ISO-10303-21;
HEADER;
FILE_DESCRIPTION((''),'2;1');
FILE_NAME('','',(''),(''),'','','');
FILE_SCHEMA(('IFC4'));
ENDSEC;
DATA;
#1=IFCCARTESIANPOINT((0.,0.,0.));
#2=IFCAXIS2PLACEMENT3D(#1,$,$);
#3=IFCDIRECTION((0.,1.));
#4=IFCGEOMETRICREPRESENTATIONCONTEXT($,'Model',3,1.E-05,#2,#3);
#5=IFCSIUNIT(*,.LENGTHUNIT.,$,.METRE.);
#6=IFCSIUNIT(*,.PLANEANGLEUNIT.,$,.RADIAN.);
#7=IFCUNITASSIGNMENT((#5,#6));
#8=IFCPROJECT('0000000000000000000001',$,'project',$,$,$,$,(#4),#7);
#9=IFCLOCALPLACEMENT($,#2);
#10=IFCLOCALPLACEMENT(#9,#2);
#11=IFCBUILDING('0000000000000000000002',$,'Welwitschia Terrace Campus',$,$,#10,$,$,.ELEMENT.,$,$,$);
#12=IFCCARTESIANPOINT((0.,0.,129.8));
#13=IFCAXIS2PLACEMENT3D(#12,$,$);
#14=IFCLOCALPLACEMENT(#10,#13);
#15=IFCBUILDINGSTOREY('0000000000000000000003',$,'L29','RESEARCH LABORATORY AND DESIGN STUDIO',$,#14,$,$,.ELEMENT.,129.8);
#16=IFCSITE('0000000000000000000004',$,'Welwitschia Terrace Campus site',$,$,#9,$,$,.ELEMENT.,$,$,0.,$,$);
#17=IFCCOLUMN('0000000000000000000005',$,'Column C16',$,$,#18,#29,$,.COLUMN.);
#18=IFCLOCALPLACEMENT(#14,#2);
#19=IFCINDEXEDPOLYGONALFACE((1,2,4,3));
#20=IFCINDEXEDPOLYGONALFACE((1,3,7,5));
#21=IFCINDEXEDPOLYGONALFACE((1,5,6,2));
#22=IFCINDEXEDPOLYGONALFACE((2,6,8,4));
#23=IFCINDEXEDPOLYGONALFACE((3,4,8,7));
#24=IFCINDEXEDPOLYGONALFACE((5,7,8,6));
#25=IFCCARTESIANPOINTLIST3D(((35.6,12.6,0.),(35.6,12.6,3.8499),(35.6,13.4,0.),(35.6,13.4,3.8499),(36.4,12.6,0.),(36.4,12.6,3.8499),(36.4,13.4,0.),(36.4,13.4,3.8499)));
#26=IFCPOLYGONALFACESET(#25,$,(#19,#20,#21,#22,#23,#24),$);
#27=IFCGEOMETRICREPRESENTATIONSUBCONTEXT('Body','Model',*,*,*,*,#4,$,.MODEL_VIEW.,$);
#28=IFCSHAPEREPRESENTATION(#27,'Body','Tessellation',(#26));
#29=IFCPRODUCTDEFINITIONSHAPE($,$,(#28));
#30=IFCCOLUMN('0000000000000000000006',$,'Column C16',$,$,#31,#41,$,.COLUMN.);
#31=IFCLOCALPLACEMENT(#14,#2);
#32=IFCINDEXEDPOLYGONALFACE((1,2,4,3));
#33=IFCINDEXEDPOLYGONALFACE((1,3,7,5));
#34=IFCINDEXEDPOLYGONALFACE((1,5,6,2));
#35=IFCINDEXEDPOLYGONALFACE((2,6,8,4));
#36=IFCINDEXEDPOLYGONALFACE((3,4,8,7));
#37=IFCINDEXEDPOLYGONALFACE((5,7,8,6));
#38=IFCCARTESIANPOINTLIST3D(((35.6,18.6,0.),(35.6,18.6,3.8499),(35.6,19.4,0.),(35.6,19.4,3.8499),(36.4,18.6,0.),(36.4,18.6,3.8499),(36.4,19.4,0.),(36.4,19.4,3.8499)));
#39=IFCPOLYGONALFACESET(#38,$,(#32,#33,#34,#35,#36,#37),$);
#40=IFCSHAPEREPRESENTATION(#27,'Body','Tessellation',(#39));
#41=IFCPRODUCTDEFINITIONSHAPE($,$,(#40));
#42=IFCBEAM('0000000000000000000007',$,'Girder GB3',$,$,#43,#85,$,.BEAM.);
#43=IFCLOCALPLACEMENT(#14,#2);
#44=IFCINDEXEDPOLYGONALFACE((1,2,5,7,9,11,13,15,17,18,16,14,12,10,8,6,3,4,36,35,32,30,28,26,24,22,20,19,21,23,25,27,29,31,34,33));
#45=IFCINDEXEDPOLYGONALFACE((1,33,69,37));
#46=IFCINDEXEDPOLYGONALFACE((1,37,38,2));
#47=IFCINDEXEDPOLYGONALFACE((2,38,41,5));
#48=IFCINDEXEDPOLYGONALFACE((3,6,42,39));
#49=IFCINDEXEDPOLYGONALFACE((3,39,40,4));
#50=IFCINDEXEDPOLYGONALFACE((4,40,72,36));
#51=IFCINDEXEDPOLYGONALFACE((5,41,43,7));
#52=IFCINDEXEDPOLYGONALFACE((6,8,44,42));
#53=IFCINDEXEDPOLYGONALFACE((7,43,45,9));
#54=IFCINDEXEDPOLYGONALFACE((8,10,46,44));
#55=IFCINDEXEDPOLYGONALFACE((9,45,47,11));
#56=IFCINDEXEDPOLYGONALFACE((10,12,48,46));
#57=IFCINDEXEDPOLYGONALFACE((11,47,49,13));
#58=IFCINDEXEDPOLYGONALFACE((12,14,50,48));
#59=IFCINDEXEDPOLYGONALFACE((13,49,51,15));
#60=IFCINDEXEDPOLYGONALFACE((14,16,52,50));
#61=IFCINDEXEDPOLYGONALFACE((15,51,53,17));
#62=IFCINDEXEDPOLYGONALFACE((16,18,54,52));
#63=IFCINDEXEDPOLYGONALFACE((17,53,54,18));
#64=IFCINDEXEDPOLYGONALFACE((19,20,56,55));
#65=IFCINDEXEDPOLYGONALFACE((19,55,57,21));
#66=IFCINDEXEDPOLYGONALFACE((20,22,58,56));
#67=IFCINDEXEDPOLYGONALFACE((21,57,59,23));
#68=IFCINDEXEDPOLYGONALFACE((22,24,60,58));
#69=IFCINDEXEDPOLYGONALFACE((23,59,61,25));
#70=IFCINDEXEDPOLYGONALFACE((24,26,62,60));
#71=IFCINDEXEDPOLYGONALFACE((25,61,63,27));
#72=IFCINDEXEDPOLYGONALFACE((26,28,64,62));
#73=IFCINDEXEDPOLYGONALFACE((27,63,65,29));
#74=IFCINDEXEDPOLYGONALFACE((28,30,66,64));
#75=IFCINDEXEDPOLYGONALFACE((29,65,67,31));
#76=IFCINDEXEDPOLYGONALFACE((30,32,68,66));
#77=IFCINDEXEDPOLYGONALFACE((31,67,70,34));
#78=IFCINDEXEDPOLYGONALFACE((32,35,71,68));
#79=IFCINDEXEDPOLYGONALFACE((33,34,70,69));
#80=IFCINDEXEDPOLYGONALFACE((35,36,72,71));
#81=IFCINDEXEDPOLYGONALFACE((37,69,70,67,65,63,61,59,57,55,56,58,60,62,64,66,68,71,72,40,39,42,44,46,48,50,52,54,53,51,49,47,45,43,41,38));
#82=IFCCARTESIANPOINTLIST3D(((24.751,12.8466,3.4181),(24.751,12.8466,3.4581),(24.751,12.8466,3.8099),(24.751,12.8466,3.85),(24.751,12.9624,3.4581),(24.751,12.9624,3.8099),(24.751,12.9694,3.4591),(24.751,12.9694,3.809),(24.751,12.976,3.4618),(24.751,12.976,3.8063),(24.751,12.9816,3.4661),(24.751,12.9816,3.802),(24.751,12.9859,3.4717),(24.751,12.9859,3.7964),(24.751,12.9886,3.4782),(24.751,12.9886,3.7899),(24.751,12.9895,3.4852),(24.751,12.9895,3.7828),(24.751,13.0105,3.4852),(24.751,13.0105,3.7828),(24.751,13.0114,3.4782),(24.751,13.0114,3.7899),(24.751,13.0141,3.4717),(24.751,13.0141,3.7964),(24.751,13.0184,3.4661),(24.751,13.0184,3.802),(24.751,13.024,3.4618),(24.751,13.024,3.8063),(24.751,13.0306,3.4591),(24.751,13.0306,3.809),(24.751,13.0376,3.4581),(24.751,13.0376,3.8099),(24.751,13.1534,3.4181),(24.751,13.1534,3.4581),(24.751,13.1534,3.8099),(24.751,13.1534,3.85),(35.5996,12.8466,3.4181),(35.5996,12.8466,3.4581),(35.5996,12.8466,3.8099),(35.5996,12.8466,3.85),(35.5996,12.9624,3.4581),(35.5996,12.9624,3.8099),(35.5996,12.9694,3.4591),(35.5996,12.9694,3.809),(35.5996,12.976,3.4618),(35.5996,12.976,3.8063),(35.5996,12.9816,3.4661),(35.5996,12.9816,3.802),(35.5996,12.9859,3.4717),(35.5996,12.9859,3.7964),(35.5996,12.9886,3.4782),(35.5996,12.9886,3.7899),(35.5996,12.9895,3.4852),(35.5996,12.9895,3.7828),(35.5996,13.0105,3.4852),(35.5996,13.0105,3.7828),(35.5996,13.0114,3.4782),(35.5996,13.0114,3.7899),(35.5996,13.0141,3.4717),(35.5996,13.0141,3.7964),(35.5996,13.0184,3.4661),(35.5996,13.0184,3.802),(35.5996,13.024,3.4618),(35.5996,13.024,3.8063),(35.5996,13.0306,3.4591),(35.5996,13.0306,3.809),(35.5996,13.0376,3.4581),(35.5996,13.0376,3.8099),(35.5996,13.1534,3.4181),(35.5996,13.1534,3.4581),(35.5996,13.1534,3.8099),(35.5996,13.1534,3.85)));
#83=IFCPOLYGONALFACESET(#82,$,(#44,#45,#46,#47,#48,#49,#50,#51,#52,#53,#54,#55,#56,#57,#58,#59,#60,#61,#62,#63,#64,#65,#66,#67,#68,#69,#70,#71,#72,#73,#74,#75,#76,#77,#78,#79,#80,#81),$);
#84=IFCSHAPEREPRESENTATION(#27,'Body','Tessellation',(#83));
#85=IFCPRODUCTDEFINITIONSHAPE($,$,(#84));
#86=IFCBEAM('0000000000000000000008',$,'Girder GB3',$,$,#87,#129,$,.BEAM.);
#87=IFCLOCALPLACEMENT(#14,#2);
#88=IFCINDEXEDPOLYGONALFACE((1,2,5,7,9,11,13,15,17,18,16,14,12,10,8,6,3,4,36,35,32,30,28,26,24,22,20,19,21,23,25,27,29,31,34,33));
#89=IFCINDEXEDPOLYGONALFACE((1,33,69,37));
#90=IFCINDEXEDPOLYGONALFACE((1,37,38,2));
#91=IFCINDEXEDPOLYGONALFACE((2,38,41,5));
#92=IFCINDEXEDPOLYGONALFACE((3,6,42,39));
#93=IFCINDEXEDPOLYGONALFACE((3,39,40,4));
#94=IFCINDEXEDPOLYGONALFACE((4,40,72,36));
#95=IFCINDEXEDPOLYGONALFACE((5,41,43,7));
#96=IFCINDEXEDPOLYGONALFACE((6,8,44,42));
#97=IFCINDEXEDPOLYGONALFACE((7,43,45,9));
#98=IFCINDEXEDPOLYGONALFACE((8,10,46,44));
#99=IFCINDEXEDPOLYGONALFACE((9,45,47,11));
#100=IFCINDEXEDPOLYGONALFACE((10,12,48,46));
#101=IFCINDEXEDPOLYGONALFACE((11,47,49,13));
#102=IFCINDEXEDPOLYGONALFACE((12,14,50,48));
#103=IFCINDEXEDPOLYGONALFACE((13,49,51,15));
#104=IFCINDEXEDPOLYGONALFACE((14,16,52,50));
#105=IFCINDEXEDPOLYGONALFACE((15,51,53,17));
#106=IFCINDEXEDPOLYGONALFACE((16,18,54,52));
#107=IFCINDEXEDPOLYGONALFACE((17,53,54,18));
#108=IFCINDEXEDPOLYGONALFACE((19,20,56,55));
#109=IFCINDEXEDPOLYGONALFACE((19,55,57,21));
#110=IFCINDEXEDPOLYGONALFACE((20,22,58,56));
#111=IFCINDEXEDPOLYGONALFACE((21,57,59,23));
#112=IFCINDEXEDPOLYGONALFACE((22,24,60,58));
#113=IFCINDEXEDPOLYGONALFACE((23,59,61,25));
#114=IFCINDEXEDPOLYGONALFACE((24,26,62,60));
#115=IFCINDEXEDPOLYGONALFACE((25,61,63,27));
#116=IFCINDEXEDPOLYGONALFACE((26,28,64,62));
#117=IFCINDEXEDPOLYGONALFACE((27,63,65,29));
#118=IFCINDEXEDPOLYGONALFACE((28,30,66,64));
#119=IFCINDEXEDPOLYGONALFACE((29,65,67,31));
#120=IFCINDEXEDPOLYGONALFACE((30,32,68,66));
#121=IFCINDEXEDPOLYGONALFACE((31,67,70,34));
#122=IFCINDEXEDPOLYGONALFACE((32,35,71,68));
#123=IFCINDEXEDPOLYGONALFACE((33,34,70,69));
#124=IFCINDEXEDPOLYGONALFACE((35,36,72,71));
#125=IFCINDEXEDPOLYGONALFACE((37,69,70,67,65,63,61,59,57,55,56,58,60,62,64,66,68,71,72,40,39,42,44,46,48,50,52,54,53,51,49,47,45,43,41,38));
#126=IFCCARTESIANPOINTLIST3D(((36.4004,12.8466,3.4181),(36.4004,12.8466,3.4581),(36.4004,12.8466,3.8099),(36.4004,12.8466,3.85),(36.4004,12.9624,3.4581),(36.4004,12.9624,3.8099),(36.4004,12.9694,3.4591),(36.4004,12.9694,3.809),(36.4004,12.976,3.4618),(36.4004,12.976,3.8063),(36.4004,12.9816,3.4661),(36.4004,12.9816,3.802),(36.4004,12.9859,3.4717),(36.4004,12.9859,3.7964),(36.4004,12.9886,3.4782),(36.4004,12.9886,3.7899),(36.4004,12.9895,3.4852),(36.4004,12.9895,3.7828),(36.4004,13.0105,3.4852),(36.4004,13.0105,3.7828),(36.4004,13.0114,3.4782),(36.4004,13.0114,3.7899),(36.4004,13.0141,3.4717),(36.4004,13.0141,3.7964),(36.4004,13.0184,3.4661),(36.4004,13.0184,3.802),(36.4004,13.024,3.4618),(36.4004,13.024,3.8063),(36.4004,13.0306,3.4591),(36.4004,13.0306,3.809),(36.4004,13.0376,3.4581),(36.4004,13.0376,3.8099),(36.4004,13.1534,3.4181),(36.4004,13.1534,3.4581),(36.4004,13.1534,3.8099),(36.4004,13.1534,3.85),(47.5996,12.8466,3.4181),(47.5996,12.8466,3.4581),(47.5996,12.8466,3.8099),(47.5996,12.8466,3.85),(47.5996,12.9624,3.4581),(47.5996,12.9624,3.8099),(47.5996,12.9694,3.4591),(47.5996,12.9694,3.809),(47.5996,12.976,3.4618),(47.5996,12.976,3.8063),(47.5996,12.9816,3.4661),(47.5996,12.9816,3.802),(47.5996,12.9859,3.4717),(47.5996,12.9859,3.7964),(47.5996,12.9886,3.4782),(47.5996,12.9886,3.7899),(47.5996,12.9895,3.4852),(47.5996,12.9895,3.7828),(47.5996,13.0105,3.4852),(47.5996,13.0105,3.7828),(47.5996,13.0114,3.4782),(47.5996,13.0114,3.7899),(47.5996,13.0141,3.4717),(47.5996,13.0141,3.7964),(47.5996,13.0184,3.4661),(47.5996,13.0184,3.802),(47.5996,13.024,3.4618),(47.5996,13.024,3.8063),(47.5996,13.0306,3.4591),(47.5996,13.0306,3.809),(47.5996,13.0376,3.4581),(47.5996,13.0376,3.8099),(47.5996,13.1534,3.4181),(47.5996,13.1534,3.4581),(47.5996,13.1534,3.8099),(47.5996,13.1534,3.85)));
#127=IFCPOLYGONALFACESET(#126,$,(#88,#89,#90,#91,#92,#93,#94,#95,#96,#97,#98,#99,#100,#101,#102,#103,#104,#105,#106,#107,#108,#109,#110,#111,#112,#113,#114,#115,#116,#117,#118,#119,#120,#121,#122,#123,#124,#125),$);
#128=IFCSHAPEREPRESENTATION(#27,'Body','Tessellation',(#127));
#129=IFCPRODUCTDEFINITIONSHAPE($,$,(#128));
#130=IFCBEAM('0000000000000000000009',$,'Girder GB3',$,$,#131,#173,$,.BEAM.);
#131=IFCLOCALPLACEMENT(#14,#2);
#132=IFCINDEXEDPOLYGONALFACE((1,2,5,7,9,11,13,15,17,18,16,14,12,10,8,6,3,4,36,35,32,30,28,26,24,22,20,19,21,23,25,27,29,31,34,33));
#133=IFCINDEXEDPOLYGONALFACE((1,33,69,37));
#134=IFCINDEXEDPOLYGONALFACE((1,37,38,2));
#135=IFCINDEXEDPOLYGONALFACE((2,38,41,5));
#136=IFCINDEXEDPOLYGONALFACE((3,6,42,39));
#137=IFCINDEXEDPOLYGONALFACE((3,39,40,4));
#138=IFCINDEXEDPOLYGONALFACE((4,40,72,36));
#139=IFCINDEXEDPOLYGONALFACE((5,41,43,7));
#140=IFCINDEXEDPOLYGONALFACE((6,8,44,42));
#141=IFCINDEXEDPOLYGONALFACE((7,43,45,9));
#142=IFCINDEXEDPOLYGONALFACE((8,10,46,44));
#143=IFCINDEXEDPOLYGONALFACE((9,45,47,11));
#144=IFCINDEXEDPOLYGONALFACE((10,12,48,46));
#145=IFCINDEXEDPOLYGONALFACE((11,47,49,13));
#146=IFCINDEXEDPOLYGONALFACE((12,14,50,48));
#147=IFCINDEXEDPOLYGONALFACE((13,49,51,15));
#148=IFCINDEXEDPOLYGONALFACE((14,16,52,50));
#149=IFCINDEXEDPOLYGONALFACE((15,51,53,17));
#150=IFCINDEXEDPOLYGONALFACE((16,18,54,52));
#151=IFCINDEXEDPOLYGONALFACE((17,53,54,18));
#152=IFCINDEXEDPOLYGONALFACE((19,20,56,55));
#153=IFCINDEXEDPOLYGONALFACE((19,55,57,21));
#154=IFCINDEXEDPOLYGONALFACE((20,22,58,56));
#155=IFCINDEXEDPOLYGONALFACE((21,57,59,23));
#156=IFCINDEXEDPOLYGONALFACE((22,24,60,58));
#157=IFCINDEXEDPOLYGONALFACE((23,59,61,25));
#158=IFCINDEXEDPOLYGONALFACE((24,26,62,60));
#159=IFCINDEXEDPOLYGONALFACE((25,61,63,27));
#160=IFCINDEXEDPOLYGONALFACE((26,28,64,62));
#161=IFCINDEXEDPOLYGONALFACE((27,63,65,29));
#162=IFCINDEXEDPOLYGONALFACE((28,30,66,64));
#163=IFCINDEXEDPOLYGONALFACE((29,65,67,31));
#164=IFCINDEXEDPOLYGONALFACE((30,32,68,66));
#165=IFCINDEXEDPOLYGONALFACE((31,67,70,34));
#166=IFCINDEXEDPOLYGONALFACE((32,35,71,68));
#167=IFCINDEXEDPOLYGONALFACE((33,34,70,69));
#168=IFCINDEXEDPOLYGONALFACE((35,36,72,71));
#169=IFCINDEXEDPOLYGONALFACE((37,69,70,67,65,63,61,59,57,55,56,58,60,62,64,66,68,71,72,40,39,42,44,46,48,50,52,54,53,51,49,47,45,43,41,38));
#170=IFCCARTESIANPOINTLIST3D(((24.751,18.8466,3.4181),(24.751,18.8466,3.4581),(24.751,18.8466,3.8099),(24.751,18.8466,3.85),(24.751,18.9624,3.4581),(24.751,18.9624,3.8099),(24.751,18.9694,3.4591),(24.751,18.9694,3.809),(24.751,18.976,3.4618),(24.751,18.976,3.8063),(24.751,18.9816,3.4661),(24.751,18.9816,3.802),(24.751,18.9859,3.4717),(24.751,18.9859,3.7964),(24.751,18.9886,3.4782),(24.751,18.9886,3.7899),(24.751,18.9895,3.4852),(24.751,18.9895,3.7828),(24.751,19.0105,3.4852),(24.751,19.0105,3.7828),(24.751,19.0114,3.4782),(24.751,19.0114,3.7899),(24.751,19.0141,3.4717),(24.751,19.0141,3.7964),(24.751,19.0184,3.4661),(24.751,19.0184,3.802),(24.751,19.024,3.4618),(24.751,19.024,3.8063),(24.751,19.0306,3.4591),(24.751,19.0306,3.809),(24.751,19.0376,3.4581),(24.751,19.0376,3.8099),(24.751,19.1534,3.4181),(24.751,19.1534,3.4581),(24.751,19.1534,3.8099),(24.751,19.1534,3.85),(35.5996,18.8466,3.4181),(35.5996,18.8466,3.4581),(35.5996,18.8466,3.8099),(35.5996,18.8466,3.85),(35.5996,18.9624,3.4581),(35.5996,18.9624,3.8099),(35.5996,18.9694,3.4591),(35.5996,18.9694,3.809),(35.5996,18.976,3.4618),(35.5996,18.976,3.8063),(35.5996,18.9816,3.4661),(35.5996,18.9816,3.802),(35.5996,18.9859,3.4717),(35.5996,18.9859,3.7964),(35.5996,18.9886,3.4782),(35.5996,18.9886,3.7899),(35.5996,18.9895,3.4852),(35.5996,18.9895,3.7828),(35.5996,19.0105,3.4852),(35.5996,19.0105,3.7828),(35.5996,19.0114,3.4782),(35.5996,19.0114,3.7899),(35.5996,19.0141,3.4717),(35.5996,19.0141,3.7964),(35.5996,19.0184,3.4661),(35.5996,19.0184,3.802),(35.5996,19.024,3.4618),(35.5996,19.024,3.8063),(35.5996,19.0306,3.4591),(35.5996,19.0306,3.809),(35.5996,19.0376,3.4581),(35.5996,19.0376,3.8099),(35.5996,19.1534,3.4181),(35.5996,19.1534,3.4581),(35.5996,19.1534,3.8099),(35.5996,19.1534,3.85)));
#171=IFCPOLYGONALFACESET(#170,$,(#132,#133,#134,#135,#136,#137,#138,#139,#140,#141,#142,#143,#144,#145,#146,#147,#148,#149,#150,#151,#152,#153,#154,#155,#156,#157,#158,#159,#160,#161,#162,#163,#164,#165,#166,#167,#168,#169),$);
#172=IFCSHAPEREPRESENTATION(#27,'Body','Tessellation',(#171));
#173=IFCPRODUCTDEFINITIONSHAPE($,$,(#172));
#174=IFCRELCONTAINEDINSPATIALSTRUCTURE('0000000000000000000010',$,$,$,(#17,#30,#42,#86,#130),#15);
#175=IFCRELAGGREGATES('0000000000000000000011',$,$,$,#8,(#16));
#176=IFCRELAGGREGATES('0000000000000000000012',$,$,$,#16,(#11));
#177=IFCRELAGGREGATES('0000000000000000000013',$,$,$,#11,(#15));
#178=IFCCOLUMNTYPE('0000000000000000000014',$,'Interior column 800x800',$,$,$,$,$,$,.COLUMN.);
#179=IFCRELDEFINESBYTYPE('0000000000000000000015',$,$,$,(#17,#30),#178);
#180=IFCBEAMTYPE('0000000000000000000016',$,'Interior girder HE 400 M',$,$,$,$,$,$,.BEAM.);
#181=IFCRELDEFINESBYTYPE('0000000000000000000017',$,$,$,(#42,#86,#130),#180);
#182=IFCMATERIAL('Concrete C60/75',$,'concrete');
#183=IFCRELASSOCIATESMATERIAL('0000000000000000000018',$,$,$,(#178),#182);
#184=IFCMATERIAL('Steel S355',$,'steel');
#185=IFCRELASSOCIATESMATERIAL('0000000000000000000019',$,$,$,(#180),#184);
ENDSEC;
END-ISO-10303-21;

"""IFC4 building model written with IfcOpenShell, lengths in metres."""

from ifc_helpers import new_model, si_unit, direction, frame, origin, origin_2d, place, context, subcontext, project, spatial, rectangle, i_section, extrude, material, material_profile, profile_set, type_object, element, save


model = new_model("IFC4")

# Units and contexts
model_context = context("Model", 3, precision=1e-05, world=origin(), true_north=direction((0.0, 1.0)))
body_context = subcontext(model_context, "Body", "Model", "MODEL_VIEW")
ifc_project = project(units=[si_unit("LENGTHUNIT", "METRE"), si_unit("PLANEANGLEUNIT", "RADIAN")], contexts=[model_context])

# Site, building, storey
site_placement = place(None, origin())
site = spatial("IfcSite", under=ifc_project, at=site_placement, Name="Welwitschia Terrace Campus site", CompositionType="ELEMENT", RefElevation=0.0)
building_placement = place(site_placement, origin())
building = spatial("IfcBuilding", under=site, at=building_placement, Name="Welwitschia Terrace Campus", CompositionType="ELEMENT")
storey_placement = place(building_placement, frame((0.0, 0.0, 129.8)))
storey = spatial("IfcBuildingStorey", under=building, at=storey_placement, Name="L29", Description="RESEARCH LABORATORY AND DESIGN STUDIO", CompositionType="ELEMENT", Elevation=129.8)

# Columns
ifc_material_1 = material(Name="Concrete C60/75", Category="concrete")
ifc_material_profile_1 = material_profile(ifc_material_1, rectangle(XDim=0.8, YDim=0.8, at=origin_2d()))
ifc_profile_set_1 = profile_set([ifc_material_profile_1], Name="Concrete C60/75")
column_type = type_object("IfcColumnType", Name="Interior column 800x800", PredefinedType="COLUMN", material=ifc_profile_set_1)
for number, where, z_axis, x_axis, name in (
    (1, (36.0, 13.0, 0.0), (0.0, 0.0, 1.0), (1.0, 0.0, 0.0), "Column C16"),
    (2, (36.0, 19.0, 0.0), (0.0, 0.0, 1.0), (1.0, 0.0, 0.0), "Column C16"),
):
    element("IfcColumn", number, at=place(storey_placement, frame(where, z_axis=z_axis, x_axis=x_axis)), inside=storey, type_object=column_type, Name=name, PredefinedType="COLUMN", context=body_context, shape_type="SweptSolid", body=[
        extrude(rectangle(XDim=0.8, YDim=0.8, at=origin_2d()), origin(), (0.0, 0.0, 1.0), 3.8499),
    ])

# Beams
ifc_material_2 = material(Name="Steel S355", Category="steel")
ifc_material_profile_2 = material_profile(ifc_material_2, i_section(OverallWidth=0.3069, OverallDepth=0.4319, WebThickness=0.021, FlangeThickness=0.04, FilletRadius=0.0271, at=origin_2d()))
ifc_profile_set_2 = profile_set([ifc_material_profile_2], Name="Steel S355")
beam_type = type_object("IfcBeamType", Name="Interior girder HE 400 M", PredefinedType="BEAM", material=ifc_profile_set_2)
beam_1_placement = place(storey_placement, frame((24.751, 13.0, 3.634), z_axis=(1.0, 0.0, 0.0), x_axis=(0.0, 1.0, 0.0)))
element("IfcBeam", 3, at=beam_1_placement, inside=storey, type_object=beam_type, Name="Girder GB3", PredefinedType="BEAM", context=body_context, shape_type="SweptSolid", body=[
    extrude(i_section(OverallWidth=0.3069, OverallDepth=0.4319, WebThickness=0.021, FlangeThickness=0.04, FilletRadius=0.0271, at=origin_2d()), origin(), (0.0, 0.0, 1.0), 10.8486),
])
beam_2_placement = place(storey_placement, frame((36.4004, 13.0, 3.634), z_axis=(1.0, 0.0, 0.0), x_axis=(0.0, 1.0, 0.0)))
element("IfcBeam", 4, at=beam_2_placement, inside=storey, type_object=beam_type, Name="Girder GB3", PredefinedType="BEAM", context=body_context, shape_type="SweptSolid", body=[
    extrude(i_section(OverallWidth=0.3069, OverallDepth=0.4319, WebThickness=0.021, FlangeThickness=0.04, FilletRadius=0.0271, at=origin_2d()), origin(), (0.0, 0.0, 1.0), 11.1992),
])
beam_3_placement = place(storey_placement, frame((24.751, 19.0, 3.634), z_axis=(1.0, 0.0, 0.0), x_axis=(0.0, 1.0, 0.0)))
element("IfcBeam", 5, at=beam_3_placement, inside=storey, type_object=beam_type, Name="Girder GB3", PredefinedType="BEAM", context=body_context, shape_type="SweptSolid", body=[
    extrude(i_section(OverallWidth=0.3069, OverallDepth=0.4319, WebThickness=0.021, FlangeThickness=0.04, FilletRadius=0.0271, at=origin_2d()), origin(), (0.0, 0.0, 1.0), 10.8486),
])

save(model, "model.ifc")
